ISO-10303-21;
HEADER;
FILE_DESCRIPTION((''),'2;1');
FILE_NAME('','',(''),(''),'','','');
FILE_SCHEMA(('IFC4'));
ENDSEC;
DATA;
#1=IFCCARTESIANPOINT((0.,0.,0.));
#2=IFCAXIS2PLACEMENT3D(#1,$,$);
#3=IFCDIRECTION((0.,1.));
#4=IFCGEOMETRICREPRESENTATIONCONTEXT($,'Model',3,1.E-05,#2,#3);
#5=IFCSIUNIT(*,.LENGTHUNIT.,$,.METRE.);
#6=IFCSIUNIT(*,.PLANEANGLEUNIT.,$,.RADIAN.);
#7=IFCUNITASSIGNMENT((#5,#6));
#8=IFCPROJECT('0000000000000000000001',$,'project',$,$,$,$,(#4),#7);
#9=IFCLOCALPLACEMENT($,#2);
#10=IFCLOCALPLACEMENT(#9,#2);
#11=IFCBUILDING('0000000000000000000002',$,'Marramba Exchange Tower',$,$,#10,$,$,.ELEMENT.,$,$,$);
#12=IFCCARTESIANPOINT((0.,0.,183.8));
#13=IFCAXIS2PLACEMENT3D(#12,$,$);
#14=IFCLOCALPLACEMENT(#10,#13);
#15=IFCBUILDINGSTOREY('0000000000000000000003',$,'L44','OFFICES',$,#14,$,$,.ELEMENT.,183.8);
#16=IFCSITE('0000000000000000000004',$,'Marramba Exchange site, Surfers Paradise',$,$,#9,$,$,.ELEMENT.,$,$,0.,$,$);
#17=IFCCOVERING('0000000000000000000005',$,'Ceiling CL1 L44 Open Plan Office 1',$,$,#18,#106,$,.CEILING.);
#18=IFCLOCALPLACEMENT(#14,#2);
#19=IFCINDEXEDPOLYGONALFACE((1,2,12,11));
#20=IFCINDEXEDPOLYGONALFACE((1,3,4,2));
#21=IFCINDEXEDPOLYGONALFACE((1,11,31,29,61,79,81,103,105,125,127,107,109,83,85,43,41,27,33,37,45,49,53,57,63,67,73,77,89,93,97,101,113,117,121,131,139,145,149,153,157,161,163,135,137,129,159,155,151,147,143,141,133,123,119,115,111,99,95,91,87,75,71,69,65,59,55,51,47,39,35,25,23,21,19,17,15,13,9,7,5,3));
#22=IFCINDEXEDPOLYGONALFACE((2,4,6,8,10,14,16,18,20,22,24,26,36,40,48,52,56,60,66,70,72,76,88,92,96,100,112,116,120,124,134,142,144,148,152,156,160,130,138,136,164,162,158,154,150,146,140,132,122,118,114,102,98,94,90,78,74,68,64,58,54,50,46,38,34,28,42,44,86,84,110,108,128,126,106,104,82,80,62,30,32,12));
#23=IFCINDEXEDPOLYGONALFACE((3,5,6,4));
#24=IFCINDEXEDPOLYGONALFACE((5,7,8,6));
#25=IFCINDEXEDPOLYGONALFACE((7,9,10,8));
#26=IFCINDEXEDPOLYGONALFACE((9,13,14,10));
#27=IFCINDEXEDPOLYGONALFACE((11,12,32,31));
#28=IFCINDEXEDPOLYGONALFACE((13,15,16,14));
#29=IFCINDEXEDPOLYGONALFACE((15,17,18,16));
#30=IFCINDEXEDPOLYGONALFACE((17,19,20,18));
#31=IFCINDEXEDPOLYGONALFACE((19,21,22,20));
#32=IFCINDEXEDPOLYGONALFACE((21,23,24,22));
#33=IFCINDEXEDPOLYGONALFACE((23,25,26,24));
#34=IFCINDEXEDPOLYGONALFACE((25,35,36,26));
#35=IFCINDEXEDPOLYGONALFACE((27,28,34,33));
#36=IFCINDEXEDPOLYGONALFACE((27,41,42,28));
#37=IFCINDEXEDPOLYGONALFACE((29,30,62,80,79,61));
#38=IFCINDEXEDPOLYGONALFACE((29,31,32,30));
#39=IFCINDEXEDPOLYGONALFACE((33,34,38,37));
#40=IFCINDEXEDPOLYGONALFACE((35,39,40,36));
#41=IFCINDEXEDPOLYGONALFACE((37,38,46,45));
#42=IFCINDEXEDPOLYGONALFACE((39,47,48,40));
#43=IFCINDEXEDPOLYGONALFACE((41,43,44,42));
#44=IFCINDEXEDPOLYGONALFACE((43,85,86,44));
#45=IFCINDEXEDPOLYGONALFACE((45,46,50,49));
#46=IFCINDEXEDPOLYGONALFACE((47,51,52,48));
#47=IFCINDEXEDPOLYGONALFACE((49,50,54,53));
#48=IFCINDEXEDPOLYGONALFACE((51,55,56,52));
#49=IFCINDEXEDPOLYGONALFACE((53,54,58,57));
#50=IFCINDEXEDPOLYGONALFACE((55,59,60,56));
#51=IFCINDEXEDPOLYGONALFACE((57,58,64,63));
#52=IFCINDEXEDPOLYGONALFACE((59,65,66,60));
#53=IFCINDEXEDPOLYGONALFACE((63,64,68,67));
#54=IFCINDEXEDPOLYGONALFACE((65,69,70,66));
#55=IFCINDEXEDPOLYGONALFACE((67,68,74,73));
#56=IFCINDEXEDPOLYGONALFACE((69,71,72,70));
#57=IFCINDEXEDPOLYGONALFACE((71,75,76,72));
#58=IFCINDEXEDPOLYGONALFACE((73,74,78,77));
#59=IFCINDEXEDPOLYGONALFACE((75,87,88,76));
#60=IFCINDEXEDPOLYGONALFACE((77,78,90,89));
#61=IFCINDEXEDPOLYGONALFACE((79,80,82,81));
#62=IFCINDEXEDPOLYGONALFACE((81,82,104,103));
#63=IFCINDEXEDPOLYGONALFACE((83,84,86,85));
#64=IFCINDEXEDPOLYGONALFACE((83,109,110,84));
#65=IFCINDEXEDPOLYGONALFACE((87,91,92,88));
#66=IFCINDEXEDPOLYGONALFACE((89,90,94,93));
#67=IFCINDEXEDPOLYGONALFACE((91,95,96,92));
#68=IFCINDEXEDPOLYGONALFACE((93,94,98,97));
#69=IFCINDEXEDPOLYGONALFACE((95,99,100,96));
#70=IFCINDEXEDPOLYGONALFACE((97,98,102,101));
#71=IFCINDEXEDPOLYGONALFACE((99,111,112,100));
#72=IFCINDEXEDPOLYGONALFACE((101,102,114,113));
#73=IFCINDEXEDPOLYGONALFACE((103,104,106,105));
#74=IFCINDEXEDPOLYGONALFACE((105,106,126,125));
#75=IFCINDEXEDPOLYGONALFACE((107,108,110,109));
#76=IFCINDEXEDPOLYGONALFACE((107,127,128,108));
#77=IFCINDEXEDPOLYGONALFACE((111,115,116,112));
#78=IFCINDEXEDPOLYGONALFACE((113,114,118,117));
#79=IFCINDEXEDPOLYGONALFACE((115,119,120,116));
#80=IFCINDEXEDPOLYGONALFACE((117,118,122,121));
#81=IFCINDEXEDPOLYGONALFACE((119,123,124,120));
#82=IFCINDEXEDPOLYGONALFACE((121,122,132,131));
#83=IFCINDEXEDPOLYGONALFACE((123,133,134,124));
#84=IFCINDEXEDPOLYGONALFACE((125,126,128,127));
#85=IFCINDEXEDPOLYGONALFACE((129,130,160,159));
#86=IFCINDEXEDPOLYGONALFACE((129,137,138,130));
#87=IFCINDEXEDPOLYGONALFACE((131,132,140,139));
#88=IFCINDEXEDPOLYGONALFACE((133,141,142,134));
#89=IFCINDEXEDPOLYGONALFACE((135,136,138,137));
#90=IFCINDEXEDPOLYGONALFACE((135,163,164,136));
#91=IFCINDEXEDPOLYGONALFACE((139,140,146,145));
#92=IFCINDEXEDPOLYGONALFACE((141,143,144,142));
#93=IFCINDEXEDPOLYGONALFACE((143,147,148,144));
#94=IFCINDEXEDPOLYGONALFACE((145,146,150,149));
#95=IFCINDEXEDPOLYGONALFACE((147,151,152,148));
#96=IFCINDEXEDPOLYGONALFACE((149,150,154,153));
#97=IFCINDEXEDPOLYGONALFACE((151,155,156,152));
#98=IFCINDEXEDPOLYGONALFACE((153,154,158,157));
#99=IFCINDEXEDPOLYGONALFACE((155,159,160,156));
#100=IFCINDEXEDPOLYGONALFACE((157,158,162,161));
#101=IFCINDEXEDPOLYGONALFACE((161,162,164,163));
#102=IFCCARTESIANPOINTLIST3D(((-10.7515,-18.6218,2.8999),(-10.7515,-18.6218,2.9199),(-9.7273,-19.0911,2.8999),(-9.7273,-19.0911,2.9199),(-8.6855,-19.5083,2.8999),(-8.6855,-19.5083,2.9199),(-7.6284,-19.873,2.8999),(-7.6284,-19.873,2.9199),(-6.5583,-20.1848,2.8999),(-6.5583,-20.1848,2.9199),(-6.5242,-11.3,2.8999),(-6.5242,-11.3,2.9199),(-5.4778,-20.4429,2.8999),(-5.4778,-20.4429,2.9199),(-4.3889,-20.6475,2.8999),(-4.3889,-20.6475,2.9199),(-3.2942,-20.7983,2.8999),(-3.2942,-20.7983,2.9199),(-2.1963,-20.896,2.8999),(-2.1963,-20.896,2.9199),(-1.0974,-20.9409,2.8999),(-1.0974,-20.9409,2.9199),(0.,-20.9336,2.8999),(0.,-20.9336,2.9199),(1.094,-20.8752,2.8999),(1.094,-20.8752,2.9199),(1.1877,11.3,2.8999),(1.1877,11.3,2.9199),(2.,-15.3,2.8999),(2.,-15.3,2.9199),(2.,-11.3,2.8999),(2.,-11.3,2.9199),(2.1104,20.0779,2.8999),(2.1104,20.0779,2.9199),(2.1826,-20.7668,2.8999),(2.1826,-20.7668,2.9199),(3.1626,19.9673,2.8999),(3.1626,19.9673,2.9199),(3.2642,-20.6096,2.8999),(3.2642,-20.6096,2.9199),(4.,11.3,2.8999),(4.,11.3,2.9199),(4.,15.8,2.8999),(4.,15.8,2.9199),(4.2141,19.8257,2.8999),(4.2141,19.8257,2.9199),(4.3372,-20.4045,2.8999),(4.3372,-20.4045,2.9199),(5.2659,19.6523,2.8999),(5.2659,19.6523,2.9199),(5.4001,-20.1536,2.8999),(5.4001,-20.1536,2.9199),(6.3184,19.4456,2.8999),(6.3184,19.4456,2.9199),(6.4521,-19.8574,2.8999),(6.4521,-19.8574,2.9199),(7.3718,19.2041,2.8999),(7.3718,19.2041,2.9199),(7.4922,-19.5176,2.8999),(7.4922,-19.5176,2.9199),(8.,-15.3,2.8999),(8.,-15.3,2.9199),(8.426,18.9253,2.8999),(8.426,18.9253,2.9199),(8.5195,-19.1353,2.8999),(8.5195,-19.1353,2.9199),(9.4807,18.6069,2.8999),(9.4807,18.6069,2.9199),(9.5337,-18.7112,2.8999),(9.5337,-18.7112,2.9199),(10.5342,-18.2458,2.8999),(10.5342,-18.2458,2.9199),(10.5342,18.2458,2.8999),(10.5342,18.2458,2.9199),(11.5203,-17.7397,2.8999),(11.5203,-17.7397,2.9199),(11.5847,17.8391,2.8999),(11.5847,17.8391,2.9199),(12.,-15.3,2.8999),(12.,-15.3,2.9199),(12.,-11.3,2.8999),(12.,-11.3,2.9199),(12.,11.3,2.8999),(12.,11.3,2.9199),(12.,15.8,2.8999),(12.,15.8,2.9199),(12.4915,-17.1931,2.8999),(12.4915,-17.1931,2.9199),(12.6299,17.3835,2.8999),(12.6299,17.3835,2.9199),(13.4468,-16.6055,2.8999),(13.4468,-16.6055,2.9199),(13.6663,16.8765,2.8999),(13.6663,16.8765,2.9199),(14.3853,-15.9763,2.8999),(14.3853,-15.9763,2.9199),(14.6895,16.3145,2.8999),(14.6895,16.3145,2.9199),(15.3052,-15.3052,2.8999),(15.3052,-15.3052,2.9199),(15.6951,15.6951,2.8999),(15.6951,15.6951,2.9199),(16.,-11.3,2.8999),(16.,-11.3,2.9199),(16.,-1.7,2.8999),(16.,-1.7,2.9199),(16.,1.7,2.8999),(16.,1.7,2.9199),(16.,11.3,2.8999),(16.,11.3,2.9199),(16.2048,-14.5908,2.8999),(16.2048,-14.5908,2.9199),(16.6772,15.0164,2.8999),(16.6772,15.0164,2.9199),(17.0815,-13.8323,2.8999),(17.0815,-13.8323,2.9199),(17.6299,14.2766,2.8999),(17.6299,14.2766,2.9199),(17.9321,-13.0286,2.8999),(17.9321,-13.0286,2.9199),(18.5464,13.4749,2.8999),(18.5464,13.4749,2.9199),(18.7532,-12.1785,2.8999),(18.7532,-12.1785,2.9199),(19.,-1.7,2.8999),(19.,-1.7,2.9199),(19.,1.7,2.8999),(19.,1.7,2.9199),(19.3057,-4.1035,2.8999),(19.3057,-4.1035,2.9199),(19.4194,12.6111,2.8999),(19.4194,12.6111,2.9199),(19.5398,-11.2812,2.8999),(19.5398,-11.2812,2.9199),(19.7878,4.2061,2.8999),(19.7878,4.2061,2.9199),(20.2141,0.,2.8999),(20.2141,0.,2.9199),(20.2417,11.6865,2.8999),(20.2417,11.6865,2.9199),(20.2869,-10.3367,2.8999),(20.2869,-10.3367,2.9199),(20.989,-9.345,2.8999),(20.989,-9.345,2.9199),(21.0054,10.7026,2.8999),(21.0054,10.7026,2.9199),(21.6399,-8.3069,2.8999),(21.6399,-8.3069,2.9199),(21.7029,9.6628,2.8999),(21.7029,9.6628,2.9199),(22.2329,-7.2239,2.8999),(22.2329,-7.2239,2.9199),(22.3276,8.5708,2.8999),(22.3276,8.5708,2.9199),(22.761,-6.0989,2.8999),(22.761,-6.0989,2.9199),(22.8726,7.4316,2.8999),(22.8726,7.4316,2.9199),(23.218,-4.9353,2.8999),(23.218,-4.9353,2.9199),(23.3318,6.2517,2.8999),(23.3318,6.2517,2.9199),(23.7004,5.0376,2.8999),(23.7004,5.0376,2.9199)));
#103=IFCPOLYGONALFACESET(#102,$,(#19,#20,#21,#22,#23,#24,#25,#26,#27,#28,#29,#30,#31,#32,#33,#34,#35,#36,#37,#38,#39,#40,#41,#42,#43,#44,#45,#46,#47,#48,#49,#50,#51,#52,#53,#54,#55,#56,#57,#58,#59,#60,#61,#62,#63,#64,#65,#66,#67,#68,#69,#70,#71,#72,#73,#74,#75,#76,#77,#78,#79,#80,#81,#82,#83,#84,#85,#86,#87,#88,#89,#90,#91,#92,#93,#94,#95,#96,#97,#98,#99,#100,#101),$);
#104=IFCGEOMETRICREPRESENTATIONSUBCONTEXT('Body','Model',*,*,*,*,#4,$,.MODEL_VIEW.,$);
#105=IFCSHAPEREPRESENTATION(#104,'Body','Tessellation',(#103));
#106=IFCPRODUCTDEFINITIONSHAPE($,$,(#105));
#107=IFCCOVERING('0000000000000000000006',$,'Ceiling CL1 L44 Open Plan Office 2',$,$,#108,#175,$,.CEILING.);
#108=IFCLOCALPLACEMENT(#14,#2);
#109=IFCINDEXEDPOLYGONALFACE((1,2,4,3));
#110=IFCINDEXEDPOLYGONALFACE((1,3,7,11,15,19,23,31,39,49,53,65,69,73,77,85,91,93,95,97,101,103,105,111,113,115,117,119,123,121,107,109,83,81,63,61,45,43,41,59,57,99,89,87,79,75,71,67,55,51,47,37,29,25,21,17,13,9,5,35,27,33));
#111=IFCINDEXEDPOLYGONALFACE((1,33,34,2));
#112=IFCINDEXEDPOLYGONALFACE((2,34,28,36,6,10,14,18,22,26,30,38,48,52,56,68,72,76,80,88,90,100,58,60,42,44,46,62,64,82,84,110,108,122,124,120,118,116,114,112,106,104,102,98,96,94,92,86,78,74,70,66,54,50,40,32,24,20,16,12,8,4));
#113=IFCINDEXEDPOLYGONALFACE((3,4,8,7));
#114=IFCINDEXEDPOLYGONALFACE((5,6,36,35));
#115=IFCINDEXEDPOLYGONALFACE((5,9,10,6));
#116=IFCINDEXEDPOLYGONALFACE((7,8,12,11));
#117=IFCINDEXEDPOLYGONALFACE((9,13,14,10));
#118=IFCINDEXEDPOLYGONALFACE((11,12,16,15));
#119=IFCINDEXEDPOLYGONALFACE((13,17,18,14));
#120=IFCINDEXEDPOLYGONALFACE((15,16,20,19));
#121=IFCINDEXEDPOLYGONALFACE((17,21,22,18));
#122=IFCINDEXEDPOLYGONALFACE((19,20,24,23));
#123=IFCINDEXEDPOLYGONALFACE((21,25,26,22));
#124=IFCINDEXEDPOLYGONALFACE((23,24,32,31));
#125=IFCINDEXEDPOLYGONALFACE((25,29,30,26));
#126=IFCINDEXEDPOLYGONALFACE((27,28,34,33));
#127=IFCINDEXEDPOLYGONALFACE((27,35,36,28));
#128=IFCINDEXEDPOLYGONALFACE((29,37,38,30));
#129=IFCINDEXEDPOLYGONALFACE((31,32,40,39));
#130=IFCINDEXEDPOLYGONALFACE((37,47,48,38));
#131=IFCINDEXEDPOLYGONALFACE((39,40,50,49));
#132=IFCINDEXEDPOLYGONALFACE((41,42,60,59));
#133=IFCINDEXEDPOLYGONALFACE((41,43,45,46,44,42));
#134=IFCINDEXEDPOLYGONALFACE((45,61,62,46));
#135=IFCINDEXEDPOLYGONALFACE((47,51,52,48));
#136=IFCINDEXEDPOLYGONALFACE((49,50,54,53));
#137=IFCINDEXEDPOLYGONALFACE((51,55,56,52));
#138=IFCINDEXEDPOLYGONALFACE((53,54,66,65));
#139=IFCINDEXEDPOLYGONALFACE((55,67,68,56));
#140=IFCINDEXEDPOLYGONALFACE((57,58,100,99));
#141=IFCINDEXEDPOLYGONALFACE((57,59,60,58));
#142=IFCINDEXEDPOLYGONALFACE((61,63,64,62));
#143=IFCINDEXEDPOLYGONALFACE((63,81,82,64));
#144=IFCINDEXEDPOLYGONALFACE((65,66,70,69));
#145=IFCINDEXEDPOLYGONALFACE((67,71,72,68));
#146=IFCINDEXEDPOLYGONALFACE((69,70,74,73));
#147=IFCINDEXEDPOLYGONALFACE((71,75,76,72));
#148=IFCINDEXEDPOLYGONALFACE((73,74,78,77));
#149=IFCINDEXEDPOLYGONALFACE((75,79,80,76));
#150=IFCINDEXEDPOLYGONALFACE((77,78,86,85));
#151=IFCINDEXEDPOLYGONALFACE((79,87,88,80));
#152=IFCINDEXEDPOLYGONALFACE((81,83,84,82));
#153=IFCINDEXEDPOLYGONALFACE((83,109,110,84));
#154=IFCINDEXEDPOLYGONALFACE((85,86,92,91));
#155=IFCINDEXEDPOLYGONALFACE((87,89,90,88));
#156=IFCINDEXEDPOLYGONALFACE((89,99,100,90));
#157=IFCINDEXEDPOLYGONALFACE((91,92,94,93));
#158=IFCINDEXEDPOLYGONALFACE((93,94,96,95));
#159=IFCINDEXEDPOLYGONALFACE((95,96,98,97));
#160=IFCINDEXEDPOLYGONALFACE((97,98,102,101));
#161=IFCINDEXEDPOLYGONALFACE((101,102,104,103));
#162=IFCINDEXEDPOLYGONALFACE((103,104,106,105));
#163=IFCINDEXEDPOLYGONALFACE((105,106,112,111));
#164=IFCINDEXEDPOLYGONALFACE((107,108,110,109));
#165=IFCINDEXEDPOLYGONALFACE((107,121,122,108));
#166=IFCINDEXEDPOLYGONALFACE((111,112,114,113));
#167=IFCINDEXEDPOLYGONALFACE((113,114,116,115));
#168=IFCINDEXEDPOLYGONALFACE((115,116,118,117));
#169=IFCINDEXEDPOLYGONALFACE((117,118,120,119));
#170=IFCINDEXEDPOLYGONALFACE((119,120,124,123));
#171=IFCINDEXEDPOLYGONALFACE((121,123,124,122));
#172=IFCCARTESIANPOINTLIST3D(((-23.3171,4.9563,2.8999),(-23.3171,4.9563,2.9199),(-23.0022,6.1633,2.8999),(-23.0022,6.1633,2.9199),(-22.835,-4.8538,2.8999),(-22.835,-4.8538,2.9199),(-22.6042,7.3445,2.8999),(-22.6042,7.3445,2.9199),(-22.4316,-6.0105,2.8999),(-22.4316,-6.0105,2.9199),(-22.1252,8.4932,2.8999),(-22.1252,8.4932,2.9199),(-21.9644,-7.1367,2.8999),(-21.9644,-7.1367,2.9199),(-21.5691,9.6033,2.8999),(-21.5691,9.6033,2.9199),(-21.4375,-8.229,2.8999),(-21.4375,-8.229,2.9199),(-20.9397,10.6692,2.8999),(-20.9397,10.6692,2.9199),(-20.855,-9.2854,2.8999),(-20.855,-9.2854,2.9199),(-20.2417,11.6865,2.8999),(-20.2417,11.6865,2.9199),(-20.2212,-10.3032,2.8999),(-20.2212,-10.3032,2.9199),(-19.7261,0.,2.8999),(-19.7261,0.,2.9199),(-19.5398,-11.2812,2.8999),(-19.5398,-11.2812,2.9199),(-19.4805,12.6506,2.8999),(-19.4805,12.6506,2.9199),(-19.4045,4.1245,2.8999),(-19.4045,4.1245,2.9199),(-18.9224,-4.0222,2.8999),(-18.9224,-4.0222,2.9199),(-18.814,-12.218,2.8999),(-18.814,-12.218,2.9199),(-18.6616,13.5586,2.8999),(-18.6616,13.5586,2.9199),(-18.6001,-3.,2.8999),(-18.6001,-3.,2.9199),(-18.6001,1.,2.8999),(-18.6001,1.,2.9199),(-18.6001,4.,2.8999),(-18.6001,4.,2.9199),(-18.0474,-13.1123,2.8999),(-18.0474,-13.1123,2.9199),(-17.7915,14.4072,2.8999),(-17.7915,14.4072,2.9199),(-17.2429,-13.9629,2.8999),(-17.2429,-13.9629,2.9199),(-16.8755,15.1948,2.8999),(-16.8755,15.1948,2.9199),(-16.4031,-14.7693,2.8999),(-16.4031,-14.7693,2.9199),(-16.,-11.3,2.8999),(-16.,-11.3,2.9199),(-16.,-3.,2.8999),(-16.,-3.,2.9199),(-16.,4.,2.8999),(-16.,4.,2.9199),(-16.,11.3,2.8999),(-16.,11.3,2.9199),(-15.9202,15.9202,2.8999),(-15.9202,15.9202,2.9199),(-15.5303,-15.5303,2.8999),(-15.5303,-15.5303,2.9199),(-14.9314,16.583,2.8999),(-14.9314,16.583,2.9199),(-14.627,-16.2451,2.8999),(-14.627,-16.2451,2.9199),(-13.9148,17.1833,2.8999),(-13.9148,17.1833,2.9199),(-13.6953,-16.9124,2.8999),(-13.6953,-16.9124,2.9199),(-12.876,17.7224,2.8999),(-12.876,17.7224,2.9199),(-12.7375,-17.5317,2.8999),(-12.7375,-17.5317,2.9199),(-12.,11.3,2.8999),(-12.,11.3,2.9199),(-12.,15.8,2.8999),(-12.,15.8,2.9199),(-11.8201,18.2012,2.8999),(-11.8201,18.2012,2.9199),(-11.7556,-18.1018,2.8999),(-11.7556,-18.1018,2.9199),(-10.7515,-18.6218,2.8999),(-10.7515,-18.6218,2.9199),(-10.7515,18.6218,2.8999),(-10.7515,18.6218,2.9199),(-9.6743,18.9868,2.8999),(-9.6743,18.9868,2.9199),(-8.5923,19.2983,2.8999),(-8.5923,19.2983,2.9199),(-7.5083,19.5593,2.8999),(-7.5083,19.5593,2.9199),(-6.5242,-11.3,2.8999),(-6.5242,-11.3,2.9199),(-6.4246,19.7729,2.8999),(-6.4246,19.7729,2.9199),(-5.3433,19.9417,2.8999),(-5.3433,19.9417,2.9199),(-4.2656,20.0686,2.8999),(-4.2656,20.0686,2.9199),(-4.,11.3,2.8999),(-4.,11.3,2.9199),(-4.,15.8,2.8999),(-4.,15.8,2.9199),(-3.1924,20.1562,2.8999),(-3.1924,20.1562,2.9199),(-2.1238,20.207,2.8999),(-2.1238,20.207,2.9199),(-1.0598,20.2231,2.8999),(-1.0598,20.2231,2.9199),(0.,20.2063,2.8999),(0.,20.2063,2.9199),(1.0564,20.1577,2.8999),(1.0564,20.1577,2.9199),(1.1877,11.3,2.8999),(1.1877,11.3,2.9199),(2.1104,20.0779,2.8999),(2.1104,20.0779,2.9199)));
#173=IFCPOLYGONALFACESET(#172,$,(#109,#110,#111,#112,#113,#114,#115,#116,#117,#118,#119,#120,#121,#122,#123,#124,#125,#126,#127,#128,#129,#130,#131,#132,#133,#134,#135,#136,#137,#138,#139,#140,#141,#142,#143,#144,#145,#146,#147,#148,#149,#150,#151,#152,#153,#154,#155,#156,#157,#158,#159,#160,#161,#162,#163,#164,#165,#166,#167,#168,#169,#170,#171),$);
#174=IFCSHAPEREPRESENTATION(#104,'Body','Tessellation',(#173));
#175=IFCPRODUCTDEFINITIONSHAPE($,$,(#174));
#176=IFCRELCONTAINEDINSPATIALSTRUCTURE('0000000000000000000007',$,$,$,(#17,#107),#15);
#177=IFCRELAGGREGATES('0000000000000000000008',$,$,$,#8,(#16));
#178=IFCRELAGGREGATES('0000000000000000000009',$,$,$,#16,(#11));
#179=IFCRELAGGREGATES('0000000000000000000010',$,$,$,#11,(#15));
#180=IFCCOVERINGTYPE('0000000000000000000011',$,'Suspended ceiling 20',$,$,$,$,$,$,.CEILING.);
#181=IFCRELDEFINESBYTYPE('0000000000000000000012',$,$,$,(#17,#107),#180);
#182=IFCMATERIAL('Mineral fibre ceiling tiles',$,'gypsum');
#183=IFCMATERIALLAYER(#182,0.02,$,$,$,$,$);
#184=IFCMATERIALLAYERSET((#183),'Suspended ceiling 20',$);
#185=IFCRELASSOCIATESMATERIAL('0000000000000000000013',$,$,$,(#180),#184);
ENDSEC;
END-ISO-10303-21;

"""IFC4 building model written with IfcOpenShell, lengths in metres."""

from ifc_helpers import new_model, si_unit, direction, frame, origin, place, context, subcontext, project, spatial, polyline, outline, extrude, material, layer, layer_set, type_object, element, save


model = new_model("IFC4")

# Units and contexts
model_context = context("Model", 3, precision=1e-05, world=origin(), true_north=direction((0.0, 1.0)))
body_context = subcontext(model_context, "Body", "Model", "MODEL_VIEW")
ifc_project = project(units=[si_unit("LENGTHUNIT", "METRE"), si_unit("PLANEANGLEUNIT", "RADIAN")], contexts=[model_context])

# Site, building, storey
site_placement = place(None, origin())
site = spatial("IfcSite", under=ifc_project, at=site_placement, Name="Marramba Exchange site, Surfers Paradise", CompositionType="ELEMENT", RefElevation=0.0)
building_placement = place(site_placement, origin())
building = spatial("IfcBuilding", under=site, at=building_placement, Name="Marramba Exchange Tower", CompositionType="ELEMENT")
storey_placement = place(building_placement, frame((0.0, 0.0, 183.8)))
storey = spatial("IfcBuildingStorey", under=building, at=storey_placement, Name="L44", Description="OFFICES", CompositionType="ELEMENT", Elevation=183.8)

# Coverings
ifc_material_1 = material(Name="Mineral fibre ceiling tiles", Category="gypsum")
ifc_layer_1 = layer(ifc_material_1, 0.02)
ifc_layer_set_1 = layer_set([ifc_layer_1], Name="Suspended ceiling 20")
covering_type = type_object("IfcCoveringType", Name="Suspended ceiling 20", PredefinedType="CEILING", material=ifc_layer_set_1)
covering_1_placement = place(storey_placement, frame((0.0, 0.0, 2.8999)))
element("IfcCovering", 1, at=covering_1_placement, inside=storey, type_object=covering_type, Name="Ceiling CL1 L44 Open Plan Office 1", PredefinedType="CEILING", context=body_context, shape_type="SweptSolid", body=[
    extrude(outline(polyline([(16.0, -1.7), (19.0, -1.7), (19.0, 1.7), (16.0, 1.7), (16.0, 11.3), (12.0, 11.3), (12.0, 15.8), (4.0, 15.8), (4.0, 11.3), (1.1877, 11.3), (2.1104, 20.0779), (3.1626, 19.9673), (4.2141, 19.8257), (5.2659, 19.6523), (6.3184, 19.4456), (7.3718, 19.2041), (8.426, 18.9253), (9.4807, 18.6069), (10.5342, 18.2458), (11.5847, 17.8391), (12.6299, 17.3835), (13.6663, 16.8765), (14.6895, 16.3145), (15.6951, 15.6951), (16.6772, 15.0164), (17.6299, 14.2766), (18.5464, 13.4749), (19.4194, 12.6111), (20.2417, 11.6865), (21.0054, 10.7026), (21.7029, 9.6628), (22.3276, 8.5708), (22.8726, 7.4316), (23.3318, 6.2517), (23.7004, 5.0376), (19.7878, 4.2061), (20.2141, 0.0), (19.3057, -4.1035), (23.218, -4.9353), (22.761, -6.0989), (22.2329, -7.2239), (21.6399, -8.3069), (20.989, -9.345), (20.2869, -10.3367), (19.5398, -11.2812), (18.7532, -12.1785), (17.9321, -13.0286), (17.0815, -13.8323), (16.2048, -14.5908), (15.3052, -15.3052), (14.3853, -15.9763), (13.4468, -16.6055), (12.4915, -17.1931), (11.5203, -17.7397), (10.5342, -18.2458), (9.5337, -18.7112), (8.5195, -19.1353), (7.4922, -19.5176), (6.4521, -19.8574), (5.4001, -20.1536), (4.3372, -20.4045), (3.2642, -20.6096), (2.1826, -20.7668), (1.094, -20.8752), (0.0, -20.9336), (-1.0974, -20.9409), (-2.1963, -20.896), (-3.2942, -20.7983), (-4.3889, -20.6475), (-5.4778, -20.4429), (-6.5583, -20.1848), (-7.6284, -19.873), (-8.6855, -19.5083), (-9.7273, -19.0911), (-10.7515, -18.6218), (-6.5242, -11.3), (2.0, -11.3), (2.0, -15.3), (8.0, -15.3), (12.0, -15.3), (12.0, -11.3), (16.0, -11.3), (16.0, -1.7)])), origin(), (0.0, 0.0, 1.0), 0.02),
])
covering_2_placement = place(storey_placement, frame((0.0, 0.0, 2.8999)))
element("IfcCovering", 2, at=covering_2_placement, inside=storey, type_object=covering_type, Name="Ceiling CL1 L44 Open Plan Office 2", PredefinedType="CEILING", context=body_context, shape_type="SweptSolid", body=[
    extrude(outline(polyline([(-16.0, 4.0), (-18.6001, 4.0), (-18.6001, 1.0), (-18.6001, -3.0), (-16.0, -3.0), (-16.0, -11.3), (-6.5242, -11.3), (-10.7515, -18.6218), (-11.7556, -18.1018), (-12.7375, -17.5317), (-13.6953, -16.9124), (-14.627, -16.2451), (-15.5303, -15.5303), (-16.4031, -14.7693), (-17.2429, -13.9629), (-18.0474, -13.1123), (-18.814, -12.218), (-19.5398, -11.2812), (-20.2212, -10.3032), (-20.855, -9.2854), (-21.4375, -8.229), (-21.9644, -7.1367), (-22.4316, -6.0105), (-22.835, -4.8538), (-18.9224, -4.0222), (-19.7261, 0.0), (-19.4045, 4.1245), (-23.3171, 4.9563), (-23.0022, 6.1633), (-22.6042, 7.3445), (-22.1252, 8.4932), (-21.5691, 9.6033), (-20.9397, 10.6692), (-20.2417, 11.6865), (-19.4805, 12.6506), (-18.6616, 13.5586), (-17.7915, 14.4072), (-16.8755, 15.1948), (-15.9202, 15.9202), (-14.9314, 16.583), (-13.9148, 17.1833), (-12.876, 17.7224), (-11.8201, 18.2012), (-10.7515, 18.6218), (-9.6743, 18.9868), (-8.5923, 19.2983), (-7.5083, 19.5593), (-6.4246, 19.7729), (-5.3433, 19.9417), (-4.2656, 20.0686), (-3.1924, 20.1562), (-2.1238, 20.207), (-1.0598, 20.2231), (0.0, 20.2063), (1.0564, 20.1577), (2.1104, 20.0779), (1.1877, 11.3), (-4.0, 11.3), (-4.0, 15.8), (-12.0, 15.8), (-12.0, 11.3), (-16.0, 11.3), (-16.0, 4.0)])), origin(), (0.0, 0.0, 1.0), 0.02),
])

save(model, "model.ifc")
